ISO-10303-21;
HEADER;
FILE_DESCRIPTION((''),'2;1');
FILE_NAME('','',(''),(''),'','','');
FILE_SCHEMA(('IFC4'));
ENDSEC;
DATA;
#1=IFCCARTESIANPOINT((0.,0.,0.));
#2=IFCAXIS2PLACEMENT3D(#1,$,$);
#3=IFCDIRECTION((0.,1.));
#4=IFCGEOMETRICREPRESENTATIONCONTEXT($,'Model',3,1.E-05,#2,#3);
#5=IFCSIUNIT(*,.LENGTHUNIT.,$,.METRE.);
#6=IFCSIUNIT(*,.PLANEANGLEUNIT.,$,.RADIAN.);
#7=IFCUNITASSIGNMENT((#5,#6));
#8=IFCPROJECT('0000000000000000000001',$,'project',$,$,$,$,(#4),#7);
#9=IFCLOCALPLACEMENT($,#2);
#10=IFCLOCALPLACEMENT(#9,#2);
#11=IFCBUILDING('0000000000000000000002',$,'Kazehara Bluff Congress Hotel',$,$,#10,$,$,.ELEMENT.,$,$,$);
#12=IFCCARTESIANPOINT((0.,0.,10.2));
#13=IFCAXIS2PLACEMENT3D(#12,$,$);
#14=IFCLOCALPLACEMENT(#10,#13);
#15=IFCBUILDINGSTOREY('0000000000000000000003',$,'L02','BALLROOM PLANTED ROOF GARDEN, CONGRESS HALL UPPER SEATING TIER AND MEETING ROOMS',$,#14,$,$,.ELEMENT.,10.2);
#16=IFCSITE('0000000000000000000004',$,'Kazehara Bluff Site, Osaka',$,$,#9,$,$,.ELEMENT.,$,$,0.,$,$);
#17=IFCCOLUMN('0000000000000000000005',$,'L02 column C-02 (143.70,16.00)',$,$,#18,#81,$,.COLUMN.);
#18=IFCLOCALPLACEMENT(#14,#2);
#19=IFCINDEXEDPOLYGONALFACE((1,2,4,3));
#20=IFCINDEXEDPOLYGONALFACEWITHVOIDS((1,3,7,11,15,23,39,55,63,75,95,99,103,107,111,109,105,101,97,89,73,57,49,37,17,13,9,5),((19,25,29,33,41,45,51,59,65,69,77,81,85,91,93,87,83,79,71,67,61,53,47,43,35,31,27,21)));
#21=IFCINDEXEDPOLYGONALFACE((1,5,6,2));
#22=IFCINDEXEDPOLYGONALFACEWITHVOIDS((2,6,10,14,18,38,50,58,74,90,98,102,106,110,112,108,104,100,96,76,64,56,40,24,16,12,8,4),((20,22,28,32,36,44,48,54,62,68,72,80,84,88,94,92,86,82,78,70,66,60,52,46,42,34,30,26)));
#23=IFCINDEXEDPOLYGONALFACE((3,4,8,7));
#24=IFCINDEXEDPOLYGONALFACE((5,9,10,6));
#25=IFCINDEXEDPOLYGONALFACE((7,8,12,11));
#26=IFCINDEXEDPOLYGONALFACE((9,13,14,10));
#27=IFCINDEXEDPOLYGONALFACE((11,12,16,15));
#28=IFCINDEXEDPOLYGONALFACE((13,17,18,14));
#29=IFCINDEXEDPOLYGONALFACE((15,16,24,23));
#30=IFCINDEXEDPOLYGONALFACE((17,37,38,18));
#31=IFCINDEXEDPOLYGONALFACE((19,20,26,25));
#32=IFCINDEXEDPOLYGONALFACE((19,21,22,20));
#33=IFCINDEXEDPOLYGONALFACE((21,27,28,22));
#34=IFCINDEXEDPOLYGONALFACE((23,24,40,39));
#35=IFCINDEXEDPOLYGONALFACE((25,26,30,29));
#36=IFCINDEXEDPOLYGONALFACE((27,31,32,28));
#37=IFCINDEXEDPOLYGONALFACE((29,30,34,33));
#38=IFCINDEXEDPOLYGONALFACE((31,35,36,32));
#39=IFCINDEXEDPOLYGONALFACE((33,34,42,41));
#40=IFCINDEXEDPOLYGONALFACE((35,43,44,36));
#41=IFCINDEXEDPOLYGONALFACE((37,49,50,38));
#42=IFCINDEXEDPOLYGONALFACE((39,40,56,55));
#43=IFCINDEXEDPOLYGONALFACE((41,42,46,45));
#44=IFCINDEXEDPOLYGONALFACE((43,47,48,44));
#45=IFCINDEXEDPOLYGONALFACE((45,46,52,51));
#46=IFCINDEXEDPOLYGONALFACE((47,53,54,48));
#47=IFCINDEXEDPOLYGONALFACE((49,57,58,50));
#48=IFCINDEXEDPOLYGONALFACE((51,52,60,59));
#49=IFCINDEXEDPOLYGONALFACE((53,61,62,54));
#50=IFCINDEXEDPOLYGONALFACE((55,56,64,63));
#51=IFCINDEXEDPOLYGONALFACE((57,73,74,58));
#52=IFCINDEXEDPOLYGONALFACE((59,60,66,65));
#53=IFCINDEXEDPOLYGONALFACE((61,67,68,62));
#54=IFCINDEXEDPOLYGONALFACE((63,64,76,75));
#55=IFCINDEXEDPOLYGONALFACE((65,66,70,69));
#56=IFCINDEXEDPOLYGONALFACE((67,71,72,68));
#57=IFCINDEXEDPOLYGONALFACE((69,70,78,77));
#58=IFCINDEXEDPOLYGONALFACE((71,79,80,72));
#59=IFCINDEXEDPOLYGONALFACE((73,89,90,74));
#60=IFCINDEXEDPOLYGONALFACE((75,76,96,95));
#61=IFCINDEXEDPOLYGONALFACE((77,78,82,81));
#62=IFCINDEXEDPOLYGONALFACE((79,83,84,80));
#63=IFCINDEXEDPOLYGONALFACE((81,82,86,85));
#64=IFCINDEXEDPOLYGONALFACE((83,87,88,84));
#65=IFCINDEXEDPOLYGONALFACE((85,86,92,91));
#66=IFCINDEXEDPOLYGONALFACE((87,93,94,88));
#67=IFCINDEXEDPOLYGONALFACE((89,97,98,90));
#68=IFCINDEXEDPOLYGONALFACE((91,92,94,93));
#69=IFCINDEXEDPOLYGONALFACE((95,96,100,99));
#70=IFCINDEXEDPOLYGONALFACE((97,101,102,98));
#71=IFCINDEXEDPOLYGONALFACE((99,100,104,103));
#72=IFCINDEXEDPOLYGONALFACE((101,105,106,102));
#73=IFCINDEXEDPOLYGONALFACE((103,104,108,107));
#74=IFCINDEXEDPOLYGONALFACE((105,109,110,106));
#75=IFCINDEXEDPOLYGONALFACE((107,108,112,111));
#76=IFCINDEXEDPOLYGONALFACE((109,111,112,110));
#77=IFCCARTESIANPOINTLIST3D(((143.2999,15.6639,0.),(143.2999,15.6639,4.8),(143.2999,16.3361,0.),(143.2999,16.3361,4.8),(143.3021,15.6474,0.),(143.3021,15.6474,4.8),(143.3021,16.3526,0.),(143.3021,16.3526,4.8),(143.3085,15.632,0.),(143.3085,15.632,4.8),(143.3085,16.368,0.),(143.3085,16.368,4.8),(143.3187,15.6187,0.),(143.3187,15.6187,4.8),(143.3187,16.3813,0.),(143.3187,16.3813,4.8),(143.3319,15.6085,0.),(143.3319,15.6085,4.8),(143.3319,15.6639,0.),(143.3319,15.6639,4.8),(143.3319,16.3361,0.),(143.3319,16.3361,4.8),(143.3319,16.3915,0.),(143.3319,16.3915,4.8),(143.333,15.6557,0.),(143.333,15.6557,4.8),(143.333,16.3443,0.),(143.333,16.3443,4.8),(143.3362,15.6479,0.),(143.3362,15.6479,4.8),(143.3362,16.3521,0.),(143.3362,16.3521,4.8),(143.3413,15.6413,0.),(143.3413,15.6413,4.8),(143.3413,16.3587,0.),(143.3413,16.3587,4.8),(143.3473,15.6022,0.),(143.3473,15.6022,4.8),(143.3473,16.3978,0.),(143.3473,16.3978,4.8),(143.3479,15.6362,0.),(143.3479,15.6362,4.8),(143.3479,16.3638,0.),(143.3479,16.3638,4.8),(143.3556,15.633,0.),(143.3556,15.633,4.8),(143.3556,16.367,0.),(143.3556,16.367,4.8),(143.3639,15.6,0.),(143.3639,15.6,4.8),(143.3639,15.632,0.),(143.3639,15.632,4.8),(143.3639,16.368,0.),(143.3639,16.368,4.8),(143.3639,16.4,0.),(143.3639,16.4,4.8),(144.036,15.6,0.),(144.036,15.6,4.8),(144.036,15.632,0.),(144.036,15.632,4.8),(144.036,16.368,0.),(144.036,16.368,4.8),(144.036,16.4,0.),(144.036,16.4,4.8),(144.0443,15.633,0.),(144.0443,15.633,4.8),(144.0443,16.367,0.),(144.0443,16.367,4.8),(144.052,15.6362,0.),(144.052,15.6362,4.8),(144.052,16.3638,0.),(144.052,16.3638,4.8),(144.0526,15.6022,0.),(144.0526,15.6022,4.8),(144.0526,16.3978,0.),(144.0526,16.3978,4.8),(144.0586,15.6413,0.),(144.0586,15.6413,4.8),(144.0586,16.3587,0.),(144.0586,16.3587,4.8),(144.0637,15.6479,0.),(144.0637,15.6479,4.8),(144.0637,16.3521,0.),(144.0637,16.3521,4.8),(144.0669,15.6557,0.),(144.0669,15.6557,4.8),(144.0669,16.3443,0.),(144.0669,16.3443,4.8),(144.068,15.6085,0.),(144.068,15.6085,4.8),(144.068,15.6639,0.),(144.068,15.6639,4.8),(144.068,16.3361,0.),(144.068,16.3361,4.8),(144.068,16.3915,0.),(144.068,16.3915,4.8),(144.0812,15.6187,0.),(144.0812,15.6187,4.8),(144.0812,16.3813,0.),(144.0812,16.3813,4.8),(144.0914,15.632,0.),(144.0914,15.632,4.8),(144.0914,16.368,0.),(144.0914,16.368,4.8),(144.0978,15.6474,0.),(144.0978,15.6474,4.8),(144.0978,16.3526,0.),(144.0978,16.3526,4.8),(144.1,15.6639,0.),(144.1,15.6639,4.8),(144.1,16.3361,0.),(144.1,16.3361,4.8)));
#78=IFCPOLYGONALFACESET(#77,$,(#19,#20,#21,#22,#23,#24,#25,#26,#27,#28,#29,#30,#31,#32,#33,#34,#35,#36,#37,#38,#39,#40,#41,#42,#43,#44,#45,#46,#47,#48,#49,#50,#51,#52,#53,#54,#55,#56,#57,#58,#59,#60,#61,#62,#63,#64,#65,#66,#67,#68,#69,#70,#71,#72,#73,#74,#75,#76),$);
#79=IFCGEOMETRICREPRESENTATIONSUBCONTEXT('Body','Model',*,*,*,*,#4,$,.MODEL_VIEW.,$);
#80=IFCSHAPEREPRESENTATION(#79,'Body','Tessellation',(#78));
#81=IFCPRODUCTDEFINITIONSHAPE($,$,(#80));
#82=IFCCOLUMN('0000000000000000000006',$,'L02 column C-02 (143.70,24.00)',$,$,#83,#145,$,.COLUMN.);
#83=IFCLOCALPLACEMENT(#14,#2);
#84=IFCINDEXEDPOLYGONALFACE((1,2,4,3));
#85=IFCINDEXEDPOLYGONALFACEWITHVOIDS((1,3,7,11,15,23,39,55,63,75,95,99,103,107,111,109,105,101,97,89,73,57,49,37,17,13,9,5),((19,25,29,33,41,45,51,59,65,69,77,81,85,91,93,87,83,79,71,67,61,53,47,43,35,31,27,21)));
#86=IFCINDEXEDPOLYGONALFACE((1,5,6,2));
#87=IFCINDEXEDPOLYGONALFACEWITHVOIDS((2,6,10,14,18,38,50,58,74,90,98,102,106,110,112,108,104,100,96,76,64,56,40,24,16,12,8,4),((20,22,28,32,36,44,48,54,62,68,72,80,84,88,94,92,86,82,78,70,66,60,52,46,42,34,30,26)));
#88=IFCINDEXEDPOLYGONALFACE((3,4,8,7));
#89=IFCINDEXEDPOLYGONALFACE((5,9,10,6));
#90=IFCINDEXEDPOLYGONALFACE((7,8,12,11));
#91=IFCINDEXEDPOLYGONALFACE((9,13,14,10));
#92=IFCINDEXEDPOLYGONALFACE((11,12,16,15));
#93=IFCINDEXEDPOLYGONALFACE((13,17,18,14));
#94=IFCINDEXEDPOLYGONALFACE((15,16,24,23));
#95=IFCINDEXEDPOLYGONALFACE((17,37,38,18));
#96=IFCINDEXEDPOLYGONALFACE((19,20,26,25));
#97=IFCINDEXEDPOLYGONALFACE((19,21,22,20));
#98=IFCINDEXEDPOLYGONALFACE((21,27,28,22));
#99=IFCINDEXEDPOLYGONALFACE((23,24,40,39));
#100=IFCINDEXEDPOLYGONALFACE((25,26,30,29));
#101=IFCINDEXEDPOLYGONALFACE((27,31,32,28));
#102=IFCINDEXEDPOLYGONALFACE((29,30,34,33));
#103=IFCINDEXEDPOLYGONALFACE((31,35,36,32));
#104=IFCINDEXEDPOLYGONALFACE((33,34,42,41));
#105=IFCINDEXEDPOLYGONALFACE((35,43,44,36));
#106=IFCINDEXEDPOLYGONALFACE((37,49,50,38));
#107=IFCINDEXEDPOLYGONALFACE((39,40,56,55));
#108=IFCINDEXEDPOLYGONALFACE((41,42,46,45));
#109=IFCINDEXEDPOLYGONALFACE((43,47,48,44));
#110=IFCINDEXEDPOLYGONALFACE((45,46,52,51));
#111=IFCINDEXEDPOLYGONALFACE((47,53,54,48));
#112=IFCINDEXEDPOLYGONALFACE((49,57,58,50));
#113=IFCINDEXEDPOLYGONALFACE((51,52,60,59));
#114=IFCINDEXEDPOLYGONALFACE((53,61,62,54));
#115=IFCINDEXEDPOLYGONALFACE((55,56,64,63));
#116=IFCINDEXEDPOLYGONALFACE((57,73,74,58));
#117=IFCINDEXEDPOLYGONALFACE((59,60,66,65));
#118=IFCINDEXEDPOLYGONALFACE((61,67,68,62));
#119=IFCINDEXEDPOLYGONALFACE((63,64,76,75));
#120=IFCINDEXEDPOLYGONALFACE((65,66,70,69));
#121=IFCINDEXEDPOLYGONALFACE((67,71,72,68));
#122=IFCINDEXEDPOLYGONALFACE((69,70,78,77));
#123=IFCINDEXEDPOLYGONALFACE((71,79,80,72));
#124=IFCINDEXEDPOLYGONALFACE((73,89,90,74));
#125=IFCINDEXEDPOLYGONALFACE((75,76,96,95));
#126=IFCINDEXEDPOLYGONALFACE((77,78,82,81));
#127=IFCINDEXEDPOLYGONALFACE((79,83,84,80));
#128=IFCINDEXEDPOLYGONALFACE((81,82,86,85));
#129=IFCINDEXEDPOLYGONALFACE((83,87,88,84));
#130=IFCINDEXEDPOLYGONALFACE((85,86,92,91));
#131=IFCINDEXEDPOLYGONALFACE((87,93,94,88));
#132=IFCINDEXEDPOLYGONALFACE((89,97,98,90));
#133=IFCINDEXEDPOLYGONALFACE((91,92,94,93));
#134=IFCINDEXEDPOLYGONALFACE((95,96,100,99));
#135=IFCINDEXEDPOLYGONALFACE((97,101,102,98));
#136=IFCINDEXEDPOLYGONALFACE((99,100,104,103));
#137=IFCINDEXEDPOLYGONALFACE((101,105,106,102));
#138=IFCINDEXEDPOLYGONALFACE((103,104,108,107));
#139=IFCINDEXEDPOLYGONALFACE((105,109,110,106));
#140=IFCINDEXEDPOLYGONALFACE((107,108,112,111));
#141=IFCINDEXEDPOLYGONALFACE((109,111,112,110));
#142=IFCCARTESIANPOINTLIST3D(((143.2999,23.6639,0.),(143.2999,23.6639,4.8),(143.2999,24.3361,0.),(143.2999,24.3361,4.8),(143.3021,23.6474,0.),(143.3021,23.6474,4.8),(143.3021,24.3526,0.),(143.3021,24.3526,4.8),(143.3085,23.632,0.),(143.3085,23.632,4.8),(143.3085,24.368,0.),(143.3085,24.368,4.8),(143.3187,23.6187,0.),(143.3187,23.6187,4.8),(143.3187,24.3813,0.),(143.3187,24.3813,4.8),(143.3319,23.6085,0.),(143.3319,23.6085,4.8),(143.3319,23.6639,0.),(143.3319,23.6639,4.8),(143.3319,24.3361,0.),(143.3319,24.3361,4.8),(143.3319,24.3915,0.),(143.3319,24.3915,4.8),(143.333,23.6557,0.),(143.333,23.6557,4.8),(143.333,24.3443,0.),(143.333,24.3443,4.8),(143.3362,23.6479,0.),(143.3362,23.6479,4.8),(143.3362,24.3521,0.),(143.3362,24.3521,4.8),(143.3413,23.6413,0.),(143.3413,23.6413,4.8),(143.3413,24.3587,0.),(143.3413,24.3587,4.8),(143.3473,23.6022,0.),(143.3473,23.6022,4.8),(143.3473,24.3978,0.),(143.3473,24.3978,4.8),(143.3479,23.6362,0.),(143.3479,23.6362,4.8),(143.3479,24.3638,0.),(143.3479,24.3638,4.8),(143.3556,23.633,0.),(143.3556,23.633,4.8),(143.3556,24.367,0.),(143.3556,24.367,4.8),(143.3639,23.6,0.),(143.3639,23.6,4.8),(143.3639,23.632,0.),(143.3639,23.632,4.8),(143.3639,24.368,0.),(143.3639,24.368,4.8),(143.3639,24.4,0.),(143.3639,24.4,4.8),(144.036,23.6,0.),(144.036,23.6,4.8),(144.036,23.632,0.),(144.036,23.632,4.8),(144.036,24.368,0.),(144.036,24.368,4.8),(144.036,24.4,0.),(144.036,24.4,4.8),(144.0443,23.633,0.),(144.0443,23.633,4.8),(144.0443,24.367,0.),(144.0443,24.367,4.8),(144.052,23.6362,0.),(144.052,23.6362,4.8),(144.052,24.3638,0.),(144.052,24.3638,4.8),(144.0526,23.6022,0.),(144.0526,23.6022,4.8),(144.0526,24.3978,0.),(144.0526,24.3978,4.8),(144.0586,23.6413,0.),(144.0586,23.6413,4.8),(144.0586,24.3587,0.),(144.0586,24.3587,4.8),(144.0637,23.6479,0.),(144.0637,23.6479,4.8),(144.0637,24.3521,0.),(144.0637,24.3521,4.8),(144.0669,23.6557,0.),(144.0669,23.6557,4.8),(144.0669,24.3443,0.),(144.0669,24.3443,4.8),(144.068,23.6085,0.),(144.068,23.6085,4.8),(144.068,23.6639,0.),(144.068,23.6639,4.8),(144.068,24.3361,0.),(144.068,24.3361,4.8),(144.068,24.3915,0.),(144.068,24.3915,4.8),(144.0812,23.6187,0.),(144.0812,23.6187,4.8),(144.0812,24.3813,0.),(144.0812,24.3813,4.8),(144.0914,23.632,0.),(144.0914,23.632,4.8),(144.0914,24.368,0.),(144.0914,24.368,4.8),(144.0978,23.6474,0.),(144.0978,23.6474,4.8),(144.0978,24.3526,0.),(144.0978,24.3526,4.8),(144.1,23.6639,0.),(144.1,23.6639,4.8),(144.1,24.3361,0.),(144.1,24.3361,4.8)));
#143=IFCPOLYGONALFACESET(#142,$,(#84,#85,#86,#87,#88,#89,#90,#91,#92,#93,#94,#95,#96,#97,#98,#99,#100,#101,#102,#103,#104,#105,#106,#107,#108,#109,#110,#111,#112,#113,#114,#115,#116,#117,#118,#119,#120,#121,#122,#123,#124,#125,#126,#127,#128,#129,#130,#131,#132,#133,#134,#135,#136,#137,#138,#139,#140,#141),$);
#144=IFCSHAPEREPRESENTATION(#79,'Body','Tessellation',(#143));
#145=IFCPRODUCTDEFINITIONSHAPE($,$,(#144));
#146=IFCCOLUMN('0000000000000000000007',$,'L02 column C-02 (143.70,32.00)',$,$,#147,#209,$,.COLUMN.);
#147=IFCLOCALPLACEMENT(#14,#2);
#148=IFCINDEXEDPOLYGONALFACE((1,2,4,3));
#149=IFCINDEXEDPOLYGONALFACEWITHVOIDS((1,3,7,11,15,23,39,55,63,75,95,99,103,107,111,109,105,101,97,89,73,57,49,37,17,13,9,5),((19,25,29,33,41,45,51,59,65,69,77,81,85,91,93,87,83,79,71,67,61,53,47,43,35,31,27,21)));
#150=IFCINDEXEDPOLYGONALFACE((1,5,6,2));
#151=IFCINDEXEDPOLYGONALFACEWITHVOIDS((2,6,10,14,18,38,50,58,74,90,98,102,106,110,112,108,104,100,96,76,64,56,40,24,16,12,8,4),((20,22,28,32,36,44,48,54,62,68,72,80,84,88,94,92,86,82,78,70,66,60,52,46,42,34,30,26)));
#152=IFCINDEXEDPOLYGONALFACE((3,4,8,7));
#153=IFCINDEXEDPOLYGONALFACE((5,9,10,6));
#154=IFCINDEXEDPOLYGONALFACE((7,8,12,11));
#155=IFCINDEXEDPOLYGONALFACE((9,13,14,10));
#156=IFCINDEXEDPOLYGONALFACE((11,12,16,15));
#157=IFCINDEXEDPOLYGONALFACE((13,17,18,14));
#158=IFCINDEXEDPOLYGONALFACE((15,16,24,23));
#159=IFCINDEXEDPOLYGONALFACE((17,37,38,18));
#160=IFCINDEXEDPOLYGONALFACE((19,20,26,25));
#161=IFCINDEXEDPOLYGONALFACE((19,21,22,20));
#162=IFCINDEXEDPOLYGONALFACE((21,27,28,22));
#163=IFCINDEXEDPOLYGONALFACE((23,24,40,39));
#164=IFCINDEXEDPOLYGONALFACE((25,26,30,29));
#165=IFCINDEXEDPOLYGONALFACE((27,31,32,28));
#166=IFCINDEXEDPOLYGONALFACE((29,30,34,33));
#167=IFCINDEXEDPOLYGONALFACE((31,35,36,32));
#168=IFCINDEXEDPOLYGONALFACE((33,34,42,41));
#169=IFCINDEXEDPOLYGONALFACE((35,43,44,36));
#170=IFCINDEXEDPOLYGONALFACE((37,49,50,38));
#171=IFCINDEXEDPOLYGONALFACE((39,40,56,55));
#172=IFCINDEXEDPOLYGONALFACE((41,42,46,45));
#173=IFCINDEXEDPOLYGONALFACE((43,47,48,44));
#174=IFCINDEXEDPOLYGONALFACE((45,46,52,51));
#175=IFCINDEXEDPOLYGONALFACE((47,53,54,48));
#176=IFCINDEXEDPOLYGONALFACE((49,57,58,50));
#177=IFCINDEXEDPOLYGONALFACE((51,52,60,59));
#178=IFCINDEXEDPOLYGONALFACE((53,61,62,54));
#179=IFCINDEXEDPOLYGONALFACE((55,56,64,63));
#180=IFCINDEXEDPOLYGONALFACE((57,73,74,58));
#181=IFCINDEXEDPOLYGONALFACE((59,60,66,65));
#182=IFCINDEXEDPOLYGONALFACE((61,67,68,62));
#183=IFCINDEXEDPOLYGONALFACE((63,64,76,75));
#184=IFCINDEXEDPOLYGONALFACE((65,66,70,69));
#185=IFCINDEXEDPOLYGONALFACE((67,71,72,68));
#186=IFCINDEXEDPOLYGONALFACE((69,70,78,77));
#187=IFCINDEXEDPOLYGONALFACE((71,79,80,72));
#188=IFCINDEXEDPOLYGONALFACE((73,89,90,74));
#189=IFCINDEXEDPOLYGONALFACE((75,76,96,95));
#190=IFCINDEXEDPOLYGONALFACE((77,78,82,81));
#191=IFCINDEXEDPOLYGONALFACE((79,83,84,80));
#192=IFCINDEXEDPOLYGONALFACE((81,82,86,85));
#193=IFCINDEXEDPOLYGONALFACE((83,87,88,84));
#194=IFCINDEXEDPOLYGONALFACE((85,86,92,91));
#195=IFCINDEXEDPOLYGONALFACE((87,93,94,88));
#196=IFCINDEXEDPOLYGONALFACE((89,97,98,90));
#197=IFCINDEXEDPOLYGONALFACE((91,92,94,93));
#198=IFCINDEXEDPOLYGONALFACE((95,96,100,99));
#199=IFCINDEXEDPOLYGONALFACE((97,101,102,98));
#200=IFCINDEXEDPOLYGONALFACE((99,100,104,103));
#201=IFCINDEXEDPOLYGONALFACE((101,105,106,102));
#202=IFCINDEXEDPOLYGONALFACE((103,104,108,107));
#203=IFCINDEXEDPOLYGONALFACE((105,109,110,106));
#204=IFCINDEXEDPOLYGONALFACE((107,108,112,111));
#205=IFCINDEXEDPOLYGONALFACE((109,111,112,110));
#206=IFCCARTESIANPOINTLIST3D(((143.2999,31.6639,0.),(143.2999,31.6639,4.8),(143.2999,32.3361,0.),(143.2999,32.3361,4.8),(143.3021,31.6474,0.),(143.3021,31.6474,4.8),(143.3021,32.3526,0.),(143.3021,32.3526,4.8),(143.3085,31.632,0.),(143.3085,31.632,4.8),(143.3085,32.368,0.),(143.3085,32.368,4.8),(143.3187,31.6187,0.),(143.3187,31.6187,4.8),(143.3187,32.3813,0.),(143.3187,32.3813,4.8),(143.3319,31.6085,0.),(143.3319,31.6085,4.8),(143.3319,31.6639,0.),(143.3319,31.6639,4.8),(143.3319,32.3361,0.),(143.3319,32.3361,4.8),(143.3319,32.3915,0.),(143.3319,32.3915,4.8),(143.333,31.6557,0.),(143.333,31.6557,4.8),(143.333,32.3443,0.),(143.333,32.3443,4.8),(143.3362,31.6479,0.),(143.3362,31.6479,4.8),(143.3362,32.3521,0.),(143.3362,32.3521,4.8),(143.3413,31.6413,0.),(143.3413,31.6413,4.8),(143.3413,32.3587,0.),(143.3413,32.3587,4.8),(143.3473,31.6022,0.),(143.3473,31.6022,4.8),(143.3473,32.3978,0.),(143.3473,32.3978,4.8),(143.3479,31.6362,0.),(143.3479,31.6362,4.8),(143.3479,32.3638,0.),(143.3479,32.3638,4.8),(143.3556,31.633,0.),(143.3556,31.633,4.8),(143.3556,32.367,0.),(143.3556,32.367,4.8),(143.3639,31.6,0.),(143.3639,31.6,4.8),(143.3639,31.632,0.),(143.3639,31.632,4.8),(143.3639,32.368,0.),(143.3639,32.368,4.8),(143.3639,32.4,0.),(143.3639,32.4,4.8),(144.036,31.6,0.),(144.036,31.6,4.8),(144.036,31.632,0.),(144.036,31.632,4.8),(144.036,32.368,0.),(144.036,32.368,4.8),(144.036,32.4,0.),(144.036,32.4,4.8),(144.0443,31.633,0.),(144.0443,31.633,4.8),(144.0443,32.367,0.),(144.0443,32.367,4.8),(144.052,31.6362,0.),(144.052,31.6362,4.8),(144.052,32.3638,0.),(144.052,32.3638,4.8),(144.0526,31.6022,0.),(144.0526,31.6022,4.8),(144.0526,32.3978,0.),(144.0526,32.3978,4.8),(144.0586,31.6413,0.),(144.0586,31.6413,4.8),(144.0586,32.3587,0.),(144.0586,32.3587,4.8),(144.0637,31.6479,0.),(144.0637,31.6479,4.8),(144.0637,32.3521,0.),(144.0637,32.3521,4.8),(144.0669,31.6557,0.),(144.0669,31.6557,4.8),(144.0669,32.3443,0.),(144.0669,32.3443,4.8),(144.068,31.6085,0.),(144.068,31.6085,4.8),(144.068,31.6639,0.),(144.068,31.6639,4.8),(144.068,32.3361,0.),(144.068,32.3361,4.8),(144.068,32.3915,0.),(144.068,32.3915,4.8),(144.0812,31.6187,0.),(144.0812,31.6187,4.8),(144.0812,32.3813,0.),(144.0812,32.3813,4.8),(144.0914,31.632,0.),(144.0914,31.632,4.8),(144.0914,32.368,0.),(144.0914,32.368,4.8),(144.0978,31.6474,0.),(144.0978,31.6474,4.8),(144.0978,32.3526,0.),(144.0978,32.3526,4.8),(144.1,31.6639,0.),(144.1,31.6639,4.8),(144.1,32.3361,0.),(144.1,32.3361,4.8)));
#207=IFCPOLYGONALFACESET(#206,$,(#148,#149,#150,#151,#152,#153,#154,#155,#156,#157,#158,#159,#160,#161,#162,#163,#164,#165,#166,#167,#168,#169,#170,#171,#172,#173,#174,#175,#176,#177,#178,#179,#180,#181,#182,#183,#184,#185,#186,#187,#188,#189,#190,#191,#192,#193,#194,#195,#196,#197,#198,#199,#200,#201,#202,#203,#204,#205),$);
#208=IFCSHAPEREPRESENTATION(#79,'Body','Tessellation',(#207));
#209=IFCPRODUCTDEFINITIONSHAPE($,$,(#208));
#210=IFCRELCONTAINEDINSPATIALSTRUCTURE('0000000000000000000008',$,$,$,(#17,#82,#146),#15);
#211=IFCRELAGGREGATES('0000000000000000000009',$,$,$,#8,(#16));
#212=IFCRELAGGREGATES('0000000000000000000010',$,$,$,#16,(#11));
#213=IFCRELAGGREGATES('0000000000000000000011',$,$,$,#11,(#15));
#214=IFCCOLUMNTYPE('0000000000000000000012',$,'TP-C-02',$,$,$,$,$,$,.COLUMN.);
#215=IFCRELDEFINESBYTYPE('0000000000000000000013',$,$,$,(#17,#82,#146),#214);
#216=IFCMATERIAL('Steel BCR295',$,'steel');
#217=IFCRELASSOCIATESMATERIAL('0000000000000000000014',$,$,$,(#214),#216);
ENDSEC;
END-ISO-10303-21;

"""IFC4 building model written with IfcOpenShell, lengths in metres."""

from ifc_helpers import new_model, si_unit, direction, frame, origin, origin_2d, place, context, subcontext, project, spatial, hollow_rectangle, extrude, material, material_profile, profile_set, type_object, element, save


model = new_model("IFC4")

# Units and contexts
model_context = context("Model", 3, precision=1e-05, world=origin(), true_north=direction((0.0, 1.0)))
body_context = subcontext(model_context, "Body", "Model", "MODEL_VIEW")
ifc_project = project(units=[si_unit("LENGTHUNIT", "METRE"), si_unit("PLANEANGLEUNIT", "RADIAN")], contexts=[model_context])

# Site, building, storey
site_placement = place(None, origin())
site = spatial("IfcSite", under=ifc_project, at=site_placement, Name="Kazehara Bluff Site, Osaka", CompositionType="ELEMENT", RefElevation=0.0)
building_placement = place(site_placement, origin())
building = spatial("IfcBuilding", under=site, at=building_placement, Name="Kazehara Bluff Congress Hotel", CompositionType="ELEMENT")
storey_placement = place(building_placement, frame((0.0, 0.0, 10.2)))
storey = spatial("IfcBuildingStorey", under=building, at=storey_placement, Name="L02", Description="BALLROOM PLANTED ROOF GARDEN, CONGRESS HALL UPPER SEATING TIER AND MEETING ROOMS", CompositionType="ELEMENT", Elevation=10.2)

# Columns
ifc_material_1 = material(Name="Steel BCR295", Category="steel")
ifc_material_profile_1 = material_profile(ifc_material_1, hollow_rectangle(XDim=0.8, YDim=0.8, WallThickness=0.032, InnerFilletRadius=0.032, OuterFilletRadius=0.064, at=origin_2d()))
ifc_profile_set_1 = profile_set([ifc_material_profile_1], Name="Steel BCR295")
column_type_1 = type_object("IfcColumnType", Name="TP-C-02", PredefinedType="COLUMN", material=ifc_profile_set_1)
for number, where, z_axis, x_axis, name in (
    (1, (143.7, 16.0, 0.0), (0.0, 0.0, 1.0), (1.0, 0.0, 0.0), "L02 column C-02 (143.70,16.00)"),
    (2, (143.7, 24.0, 0.0), (0.0, 0.0, 1.0), (1.0, 0.0, 0.0), "L02 column C-02 (143.70,24.00)"),
    (3, (143.7, 32.0, 0.0), (0.0, 0.0, 1.0), (1.0, 0.0, 0.0), "L02 column C-02 (143.70,32.00)"),
):
    element("IfcColumn", number, at=place(storey_placement, frame(where, z_axis=z_axis, x_axis=x_axis)), inside=storey, type_object=column_type_1, Name=name, PredefinedType="COLUMN", context=body_context, shape_type="SweptSolid", body=[
        extrude(hollow_rectangle(XDim=0.8, YDim=0.8, WallThickness=0.032, InnerFilletRadius=0.032, OuterFilletRadius=0.064, at=origin_2d()), origin(), (0.0, 0.0, 1.0), 4.8),
    ])

save(model, "model.ifc")
